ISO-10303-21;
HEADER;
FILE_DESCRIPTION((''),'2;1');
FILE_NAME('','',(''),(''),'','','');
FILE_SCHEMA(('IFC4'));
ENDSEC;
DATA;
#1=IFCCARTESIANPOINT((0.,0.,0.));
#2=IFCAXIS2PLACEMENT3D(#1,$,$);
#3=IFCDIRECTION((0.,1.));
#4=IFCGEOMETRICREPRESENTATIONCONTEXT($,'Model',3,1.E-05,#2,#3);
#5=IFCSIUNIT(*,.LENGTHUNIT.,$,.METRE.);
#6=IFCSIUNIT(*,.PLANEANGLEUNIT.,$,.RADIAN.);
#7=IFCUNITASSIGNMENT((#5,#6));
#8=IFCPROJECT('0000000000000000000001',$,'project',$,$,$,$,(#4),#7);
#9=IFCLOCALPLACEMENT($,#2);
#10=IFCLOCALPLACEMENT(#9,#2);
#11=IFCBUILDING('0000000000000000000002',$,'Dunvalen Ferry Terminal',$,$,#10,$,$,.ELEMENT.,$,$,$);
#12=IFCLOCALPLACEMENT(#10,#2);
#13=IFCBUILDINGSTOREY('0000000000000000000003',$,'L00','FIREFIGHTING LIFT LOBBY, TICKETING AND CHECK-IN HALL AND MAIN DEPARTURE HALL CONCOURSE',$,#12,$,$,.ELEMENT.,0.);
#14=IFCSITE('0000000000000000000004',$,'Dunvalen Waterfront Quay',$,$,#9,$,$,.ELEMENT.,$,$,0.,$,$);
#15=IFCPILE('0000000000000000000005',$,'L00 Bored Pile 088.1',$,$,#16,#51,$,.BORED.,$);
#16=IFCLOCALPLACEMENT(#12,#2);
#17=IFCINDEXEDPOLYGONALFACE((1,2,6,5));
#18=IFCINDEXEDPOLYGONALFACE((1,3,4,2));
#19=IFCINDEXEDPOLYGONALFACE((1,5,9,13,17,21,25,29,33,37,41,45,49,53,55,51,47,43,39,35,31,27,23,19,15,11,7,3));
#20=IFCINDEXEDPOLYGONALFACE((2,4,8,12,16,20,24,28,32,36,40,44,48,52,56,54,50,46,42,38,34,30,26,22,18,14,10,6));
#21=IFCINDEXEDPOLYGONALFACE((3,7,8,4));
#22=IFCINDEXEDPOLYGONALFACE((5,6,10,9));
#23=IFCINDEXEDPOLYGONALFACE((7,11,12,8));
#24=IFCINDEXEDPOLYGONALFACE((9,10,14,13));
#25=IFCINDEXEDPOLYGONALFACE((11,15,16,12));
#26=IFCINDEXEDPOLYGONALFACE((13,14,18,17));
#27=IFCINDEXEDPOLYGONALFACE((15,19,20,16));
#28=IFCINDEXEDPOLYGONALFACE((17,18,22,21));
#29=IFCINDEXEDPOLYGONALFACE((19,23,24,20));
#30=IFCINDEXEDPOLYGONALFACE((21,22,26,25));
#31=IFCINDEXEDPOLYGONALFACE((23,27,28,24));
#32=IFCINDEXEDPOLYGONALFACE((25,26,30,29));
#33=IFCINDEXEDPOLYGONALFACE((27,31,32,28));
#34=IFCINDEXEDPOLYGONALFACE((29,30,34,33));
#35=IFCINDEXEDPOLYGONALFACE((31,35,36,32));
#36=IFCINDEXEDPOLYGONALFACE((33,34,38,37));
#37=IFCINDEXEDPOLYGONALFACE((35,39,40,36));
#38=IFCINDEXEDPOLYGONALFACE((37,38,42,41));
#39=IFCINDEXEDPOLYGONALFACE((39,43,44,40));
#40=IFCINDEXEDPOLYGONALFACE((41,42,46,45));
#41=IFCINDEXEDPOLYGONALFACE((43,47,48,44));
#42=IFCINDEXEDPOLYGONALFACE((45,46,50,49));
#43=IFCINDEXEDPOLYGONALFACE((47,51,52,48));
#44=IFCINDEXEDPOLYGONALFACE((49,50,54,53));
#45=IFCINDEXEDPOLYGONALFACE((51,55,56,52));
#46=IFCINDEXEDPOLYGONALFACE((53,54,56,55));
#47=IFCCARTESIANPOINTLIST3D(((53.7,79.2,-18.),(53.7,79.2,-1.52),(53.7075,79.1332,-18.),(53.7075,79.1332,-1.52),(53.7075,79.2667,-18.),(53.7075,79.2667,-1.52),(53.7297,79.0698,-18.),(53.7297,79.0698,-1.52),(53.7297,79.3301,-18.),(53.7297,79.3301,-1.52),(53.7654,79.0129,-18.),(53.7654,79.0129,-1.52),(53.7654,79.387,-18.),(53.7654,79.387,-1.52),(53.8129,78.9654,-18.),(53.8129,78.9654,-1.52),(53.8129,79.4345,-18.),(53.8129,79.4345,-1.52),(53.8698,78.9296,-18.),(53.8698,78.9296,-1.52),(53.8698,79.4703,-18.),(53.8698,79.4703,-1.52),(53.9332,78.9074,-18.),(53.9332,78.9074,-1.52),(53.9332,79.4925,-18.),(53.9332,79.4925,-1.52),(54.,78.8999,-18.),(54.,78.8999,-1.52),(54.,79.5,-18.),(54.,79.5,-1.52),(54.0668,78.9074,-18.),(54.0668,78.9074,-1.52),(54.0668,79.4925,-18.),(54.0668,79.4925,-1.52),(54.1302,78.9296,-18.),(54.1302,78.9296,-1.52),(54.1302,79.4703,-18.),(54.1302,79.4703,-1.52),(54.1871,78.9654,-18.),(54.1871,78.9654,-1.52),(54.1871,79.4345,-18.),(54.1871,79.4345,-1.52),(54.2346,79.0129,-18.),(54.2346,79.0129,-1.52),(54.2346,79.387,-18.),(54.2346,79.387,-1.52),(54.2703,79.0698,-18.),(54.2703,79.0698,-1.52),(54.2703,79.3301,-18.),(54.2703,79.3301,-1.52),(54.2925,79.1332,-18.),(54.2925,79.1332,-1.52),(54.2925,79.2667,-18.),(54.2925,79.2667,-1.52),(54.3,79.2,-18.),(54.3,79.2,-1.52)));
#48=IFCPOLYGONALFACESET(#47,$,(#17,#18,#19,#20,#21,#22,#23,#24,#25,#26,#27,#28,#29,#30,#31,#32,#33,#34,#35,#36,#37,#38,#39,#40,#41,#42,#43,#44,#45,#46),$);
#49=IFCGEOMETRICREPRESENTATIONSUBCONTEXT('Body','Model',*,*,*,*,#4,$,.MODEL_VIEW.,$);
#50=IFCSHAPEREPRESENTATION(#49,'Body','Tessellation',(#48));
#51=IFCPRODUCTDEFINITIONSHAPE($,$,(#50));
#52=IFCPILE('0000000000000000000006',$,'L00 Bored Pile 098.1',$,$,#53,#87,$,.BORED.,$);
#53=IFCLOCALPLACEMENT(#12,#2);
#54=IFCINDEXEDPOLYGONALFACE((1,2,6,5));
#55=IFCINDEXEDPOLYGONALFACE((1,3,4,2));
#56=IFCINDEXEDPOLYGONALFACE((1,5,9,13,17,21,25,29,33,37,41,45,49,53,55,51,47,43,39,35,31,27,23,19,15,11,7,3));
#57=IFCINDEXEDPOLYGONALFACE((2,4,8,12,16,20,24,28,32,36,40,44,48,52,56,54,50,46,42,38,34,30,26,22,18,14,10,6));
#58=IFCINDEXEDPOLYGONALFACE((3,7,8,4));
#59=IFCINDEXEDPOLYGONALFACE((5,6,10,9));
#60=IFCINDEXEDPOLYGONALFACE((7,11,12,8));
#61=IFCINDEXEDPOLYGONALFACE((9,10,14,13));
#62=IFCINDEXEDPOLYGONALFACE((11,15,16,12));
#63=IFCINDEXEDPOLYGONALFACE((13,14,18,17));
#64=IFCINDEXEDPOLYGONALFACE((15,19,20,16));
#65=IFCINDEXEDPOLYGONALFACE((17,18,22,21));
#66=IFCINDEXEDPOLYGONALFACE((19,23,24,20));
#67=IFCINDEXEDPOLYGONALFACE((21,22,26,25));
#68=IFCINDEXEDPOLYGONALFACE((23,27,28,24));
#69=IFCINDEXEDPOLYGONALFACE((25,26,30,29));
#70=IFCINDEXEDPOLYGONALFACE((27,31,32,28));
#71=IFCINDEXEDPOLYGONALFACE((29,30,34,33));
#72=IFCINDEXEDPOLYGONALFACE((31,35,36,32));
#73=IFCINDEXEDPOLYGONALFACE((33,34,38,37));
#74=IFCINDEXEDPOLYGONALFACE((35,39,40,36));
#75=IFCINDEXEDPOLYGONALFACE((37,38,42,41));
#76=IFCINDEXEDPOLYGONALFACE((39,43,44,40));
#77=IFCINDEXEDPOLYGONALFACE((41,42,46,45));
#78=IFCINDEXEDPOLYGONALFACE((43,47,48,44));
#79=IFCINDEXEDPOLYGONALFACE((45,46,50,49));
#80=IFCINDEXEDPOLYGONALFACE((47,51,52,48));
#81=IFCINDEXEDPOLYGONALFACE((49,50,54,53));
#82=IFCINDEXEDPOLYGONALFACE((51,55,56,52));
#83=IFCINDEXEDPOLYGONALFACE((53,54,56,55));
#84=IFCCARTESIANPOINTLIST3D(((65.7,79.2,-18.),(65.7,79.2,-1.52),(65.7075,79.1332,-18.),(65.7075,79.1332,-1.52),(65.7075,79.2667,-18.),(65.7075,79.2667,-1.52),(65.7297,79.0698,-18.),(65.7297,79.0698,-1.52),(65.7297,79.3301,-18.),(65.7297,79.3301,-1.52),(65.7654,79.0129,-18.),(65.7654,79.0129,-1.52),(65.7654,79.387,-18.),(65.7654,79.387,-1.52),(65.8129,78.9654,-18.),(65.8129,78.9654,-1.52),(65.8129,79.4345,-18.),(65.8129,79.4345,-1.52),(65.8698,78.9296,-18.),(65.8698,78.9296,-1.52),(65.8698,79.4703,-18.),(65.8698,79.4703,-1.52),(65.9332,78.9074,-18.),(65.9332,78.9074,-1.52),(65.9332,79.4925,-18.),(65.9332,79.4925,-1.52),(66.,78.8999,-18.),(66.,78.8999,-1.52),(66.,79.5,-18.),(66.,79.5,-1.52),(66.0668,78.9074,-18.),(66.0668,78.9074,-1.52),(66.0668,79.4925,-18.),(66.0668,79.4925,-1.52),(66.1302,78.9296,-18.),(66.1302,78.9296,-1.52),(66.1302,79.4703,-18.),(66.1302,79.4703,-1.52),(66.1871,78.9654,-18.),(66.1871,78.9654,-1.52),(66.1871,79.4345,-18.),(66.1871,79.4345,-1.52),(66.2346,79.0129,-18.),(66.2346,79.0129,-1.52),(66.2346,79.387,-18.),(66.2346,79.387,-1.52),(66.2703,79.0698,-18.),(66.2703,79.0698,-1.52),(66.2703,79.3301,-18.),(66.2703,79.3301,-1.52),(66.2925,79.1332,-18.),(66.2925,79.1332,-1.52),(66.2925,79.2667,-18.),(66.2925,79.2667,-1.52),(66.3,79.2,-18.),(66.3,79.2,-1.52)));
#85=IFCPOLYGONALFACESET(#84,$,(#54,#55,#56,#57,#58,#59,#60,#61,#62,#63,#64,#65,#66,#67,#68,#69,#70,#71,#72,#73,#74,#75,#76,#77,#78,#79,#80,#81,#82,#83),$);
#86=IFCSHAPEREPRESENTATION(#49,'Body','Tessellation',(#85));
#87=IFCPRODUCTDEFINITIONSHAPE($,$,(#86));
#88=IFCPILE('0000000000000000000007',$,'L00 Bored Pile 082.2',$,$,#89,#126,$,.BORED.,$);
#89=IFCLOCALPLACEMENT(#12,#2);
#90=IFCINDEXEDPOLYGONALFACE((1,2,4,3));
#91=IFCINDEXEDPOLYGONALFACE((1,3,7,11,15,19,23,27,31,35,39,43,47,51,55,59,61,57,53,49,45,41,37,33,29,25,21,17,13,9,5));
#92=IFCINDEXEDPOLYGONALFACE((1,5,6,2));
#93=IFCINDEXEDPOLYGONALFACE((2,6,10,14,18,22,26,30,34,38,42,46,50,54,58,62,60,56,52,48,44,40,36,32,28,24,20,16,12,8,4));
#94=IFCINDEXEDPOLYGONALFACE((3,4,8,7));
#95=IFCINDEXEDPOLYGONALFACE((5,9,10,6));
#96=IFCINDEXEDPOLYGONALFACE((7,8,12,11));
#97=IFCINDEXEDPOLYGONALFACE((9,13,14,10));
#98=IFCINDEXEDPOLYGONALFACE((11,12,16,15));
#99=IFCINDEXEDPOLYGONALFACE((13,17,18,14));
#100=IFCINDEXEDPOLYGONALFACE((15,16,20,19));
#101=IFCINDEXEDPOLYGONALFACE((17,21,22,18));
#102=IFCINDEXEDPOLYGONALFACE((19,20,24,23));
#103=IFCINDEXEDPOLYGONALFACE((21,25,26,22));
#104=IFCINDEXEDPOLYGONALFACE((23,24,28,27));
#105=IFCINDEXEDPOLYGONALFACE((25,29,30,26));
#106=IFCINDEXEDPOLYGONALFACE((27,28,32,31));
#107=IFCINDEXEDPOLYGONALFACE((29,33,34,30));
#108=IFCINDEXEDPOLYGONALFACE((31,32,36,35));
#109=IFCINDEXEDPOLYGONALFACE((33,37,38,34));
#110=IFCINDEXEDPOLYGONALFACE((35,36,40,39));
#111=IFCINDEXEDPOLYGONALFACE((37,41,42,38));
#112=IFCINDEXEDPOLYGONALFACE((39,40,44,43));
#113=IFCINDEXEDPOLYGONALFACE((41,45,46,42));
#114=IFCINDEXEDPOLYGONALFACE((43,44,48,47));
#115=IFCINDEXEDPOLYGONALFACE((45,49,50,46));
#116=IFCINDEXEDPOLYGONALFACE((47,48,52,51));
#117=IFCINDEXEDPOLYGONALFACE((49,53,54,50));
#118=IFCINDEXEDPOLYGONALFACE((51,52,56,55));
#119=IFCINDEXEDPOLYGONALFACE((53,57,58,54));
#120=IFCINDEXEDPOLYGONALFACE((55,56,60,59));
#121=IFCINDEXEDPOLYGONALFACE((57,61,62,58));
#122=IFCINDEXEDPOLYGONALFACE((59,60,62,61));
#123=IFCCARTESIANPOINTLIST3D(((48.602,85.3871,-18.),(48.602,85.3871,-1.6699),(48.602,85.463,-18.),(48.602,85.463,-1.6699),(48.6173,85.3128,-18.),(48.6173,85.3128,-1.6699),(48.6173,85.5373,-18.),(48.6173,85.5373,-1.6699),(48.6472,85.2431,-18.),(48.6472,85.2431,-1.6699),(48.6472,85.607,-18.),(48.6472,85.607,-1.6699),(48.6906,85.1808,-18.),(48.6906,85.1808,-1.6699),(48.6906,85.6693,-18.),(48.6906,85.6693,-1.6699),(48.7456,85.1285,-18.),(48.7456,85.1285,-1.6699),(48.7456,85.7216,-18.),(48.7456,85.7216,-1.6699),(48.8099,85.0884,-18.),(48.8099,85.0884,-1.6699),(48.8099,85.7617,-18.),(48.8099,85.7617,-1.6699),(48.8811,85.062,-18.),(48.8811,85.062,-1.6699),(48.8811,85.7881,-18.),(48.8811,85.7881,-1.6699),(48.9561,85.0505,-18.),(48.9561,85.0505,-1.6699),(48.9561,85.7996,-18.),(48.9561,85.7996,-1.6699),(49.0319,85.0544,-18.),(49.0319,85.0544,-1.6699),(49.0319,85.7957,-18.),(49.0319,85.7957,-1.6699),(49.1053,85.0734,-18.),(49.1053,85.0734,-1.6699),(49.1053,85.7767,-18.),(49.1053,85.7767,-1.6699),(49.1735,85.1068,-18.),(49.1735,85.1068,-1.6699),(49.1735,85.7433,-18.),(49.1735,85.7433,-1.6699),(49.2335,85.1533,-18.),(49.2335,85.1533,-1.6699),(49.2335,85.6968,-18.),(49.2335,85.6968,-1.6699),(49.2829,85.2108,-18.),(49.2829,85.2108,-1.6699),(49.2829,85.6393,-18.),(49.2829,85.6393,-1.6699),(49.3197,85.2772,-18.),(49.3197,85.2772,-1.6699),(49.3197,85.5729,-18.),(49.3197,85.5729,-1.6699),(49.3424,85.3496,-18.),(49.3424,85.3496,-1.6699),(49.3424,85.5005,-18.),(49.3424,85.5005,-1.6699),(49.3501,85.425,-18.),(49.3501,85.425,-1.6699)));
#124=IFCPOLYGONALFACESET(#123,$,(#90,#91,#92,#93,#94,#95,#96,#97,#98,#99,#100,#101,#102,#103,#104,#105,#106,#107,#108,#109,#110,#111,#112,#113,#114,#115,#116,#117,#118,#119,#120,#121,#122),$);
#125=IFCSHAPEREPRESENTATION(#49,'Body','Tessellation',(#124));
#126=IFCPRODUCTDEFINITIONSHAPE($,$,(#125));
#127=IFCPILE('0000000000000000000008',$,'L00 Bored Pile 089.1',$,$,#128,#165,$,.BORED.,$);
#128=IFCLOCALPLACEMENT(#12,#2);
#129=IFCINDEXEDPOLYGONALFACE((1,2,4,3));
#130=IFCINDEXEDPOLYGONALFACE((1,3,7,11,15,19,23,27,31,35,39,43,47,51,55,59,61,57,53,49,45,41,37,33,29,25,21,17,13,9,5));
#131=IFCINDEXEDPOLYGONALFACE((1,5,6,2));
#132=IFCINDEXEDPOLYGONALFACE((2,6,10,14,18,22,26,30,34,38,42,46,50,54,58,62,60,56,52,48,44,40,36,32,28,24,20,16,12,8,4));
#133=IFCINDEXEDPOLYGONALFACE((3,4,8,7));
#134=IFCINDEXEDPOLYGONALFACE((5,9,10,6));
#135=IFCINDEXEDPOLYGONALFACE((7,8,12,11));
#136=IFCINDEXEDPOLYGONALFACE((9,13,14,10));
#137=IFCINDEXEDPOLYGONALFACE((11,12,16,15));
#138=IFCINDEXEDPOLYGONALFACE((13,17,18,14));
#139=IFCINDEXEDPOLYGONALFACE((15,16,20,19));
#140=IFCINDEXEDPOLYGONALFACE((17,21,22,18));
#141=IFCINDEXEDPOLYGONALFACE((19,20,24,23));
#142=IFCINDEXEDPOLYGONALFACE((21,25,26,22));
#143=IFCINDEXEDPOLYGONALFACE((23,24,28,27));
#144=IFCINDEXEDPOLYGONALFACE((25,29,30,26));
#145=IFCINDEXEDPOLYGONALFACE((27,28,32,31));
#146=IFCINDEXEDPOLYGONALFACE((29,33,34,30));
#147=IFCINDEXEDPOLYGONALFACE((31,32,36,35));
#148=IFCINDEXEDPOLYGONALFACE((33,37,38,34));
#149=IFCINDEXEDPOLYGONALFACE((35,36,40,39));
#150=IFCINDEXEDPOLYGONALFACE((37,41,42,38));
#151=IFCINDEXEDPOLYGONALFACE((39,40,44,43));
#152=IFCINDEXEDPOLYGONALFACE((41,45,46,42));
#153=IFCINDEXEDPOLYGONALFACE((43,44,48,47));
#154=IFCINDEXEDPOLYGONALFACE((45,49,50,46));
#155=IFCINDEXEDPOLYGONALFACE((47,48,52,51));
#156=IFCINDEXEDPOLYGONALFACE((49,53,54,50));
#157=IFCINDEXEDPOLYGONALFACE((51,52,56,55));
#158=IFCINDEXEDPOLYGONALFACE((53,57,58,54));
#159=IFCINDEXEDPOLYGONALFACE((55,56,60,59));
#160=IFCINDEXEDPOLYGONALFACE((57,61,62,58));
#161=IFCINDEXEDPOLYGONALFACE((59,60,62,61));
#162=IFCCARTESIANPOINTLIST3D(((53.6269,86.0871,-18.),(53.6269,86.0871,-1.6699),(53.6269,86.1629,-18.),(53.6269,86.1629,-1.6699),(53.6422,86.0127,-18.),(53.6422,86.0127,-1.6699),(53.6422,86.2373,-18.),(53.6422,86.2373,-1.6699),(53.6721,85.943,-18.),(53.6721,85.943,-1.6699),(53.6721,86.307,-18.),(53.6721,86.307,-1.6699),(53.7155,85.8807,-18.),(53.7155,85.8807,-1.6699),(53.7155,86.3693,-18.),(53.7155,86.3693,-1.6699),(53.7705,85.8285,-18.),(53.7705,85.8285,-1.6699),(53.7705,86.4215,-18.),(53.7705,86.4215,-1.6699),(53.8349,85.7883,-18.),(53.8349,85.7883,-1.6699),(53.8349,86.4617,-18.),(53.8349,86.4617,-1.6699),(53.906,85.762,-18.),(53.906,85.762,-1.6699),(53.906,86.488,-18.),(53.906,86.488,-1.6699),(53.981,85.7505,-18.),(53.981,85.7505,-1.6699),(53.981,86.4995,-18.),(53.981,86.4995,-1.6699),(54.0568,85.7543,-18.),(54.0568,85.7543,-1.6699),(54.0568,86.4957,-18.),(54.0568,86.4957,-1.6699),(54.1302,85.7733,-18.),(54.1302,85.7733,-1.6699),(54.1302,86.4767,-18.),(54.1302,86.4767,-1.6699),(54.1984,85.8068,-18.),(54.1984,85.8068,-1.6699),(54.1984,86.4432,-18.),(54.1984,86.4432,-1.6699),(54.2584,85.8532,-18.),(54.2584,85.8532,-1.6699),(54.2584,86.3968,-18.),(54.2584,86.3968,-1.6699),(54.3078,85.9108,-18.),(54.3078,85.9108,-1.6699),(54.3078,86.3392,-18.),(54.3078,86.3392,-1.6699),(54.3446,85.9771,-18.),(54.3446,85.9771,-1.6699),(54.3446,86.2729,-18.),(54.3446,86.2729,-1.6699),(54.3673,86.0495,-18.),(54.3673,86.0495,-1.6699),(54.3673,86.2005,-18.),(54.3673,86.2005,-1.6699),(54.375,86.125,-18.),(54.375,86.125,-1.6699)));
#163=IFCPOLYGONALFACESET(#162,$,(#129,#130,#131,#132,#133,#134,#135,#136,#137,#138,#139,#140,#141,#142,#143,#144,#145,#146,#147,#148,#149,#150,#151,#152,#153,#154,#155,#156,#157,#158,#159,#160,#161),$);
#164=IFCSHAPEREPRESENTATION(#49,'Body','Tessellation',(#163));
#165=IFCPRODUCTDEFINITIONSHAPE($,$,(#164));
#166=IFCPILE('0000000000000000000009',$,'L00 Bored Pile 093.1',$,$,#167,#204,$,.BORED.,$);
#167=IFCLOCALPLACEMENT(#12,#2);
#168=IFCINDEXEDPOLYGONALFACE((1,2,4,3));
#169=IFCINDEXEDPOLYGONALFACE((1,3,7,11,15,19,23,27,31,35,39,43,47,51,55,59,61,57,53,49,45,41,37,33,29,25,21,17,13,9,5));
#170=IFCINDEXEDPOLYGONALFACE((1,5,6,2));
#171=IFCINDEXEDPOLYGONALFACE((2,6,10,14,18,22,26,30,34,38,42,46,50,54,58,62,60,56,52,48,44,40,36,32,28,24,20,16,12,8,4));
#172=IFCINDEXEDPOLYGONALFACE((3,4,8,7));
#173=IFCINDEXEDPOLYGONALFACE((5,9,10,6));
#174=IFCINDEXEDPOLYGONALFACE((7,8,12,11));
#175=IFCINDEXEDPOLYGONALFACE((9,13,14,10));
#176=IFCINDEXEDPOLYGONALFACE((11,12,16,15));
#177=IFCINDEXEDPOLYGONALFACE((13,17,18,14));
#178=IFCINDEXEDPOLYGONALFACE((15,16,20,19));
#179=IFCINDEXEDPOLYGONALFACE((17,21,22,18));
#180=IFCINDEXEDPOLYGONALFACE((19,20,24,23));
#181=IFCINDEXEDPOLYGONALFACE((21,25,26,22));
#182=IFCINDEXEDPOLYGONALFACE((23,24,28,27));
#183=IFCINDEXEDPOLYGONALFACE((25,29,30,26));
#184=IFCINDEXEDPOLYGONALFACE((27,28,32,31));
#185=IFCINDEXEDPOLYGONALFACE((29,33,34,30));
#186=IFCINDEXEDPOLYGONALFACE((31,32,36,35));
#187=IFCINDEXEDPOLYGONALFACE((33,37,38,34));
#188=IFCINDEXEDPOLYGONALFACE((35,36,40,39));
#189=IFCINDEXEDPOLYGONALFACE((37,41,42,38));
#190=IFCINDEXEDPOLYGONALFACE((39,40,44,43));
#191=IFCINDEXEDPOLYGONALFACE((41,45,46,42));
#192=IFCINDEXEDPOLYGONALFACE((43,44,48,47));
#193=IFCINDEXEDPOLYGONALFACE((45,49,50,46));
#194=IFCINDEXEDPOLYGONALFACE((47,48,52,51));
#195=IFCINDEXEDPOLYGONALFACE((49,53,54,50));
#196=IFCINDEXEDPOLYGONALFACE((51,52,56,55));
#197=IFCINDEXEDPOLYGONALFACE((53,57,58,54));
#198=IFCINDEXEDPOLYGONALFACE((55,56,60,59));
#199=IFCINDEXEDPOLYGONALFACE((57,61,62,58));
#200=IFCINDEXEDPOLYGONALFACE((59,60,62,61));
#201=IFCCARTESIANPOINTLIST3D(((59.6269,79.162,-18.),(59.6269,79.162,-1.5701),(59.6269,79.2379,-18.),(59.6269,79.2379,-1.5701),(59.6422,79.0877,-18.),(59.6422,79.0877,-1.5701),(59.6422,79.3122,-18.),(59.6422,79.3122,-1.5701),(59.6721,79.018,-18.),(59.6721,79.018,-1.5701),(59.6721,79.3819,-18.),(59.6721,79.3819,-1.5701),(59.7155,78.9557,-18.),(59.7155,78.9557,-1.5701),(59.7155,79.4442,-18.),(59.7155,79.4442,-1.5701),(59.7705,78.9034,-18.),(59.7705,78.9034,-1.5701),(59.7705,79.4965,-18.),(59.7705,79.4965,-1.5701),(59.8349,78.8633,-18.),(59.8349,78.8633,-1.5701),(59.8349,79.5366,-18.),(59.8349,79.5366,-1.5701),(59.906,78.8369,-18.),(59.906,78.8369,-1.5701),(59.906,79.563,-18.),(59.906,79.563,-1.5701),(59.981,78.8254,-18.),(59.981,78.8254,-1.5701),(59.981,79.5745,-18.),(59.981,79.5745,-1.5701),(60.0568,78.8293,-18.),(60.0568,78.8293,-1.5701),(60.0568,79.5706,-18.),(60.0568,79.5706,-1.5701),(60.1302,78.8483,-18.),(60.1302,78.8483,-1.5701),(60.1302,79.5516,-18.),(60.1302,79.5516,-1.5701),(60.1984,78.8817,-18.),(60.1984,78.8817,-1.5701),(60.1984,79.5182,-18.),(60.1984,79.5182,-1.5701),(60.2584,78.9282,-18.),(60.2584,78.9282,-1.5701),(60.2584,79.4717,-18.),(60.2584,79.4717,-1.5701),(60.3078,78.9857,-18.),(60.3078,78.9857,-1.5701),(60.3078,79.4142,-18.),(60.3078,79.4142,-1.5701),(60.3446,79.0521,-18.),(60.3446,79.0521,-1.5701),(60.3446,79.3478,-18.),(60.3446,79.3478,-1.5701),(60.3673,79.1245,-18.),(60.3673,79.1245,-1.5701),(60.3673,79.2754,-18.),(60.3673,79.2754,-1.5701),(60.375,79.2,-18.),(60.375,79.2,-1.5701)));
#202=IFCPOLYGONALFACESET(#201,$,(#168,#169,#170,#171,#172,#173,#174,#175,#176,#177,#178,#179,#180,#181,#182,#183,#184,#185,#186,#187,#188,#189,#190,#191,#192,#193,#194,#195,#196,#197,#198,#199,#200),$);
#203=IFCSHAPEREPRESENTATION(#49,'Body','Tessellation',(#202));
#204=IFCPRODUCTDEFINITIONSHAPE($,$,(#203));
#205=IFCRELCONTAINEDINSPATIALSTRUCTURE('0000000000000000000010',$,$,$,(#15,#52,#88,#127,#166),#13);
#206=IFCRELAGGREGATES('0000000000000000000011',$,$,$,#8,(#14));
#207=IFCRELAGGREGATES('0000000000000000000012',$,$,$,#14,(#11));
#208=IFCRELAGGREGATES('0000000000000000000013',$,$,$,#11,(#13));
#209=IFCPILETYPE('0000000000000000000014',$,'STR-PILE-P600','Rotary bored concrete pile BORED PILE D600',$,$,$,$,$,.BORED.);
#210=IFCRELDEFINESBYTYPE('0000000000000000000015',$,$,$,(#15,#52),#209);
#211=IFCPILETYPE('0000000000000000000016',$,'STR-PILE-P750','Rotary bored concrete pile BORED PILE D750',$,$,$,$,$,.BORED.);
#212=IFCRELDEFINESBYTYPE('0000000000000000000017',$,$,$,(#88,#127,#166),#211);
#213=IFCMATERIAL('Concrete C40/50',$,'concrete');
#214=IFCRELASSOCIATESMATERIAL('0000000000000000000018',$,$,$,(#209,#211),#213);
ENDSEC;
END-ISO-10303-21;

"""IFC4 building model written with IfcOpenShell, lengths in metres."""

from ifc_helpers import new_model, si_unit, direction, frame, origin, origin_2d, place, context, subcontext, project, spatial, circle, extrude, material, material_profile, profile_set, type_object, element, save


model = new_model("IFC4")

# Units and contexts
model_context = context("Model", 3, precision=1e-05, world=origin(), true_north=direction((0.0, 1.0)))
body_context = subcontext(model_context, "Body", "Model", "MODEL_VIEW")
ifc_project = project(units=[si_unit("LENGTHUNIT", "METRE"), si_unit("PLANEANGLEUNIT", "RADIAN")], contexts=[model_context])

# Site, building, storey
site_placement = place(None, origin())
site = spatial("IfcSite", under=ifc_project, at=site_placement, Name="Dunvalen Waterfront Quay", CompositionType="ELEMENT", RefElevation=0.0)
building_placement = place(site_placement, origin())
building = spatial("IfcBuilding", under=site, at=building_placement, Name="Dunvalen Ferry Terminal", CompositionType="ELEMENT")
storey_placement = place(building_placement, origin())
storey = spatial("IfcBuildingStorey", under=building, at=storey_placement, Name="L00", Description="FIREFIGHTING LIFT LOBBY, TICKETING AND CHECK-IN HALL AND MAIN DEPARTURE HALL CONCOURSE", CompositionType="ELEMENT", Elevation=0.0)

# Shared definitions
ifc_material_1 = material(Name="Concrete C40/50", Category="concrete")

# Piles
ifc_material_profile_1 = material_profile(ifc_material_1, circle(Radius=0.3, at=origin_2d()), Name="Concrete C40/50")
ifc_profile_set_1 = profile_set([ifc_material_profile_1], Name="Concrete C40/50")
pile_type_1 = type_object("IfcPileType", Name="STR-PILE-P600", Description="Rotary bored concrete pile BORED PILE D600", PredefinedType="BORED", material=ifc_profile_set_1)
for number, where, z_axis, x_axis, name in (
    (1, (54.0, 79.2, -1.52), (0.0, 0.0, -1.0), (1.0, 0.0, 0.0), "L00 Bored Pile 088.1"),
    (2, (66.0, 79.2, -1.52), (0.0, 0.0, -1.0), (1.0, 0.0, 0.0), "L00 Bored Pile 098.1"),
):
    element("IfcPile", number, at=place(storey_placement, frame(where, z_axis=z_axis, x_axis=x_axis)), inside=storey, type_object=pile_type_1, Name=name, PredefinedType="BORED", context=body_context, shape_type="SweptSolid", body=[
        extrude(circle(Radius=0.3, at=origin_2d()), origin(), (0.0, 0.0, 1.0), 16.48),
    ])
ifc_material_profile_2 = material_profile(ifc_material_1, circle(Radius=0.375, at=origin_2d()), Name="Concrete C40/50")
ifc_profile_set_2 = profile_set([ifc_material_profile_2], Name="Concrete C40/50")
pile_type_2 = type_object("IfcPileType", Name="STR-PILE-P750", Description="Rotary bored concrete pile BORED PILE D750", PredefinedType="BORED", material=ifc_profile_set_2)
for number, where, z_axis, x_axis, name in (
    (3, (48.9751, 85.425, -1.6699), (0.0, 0.0, -1.0), (1.0, 0.0, 0.0), "L00 Bored Pile 082.2"),
    (4, (54.0, 86.125, -1.6699), (0.0, 0.0, -1.0), (1.0, 0.0, 0.0), "L00 Bored Pile 089.1"),
):
    element("IfcPile", number, at=place(storey_placement, frame(where, z_axis=z_axis, x_axis=x_axis)), inside=storey, type_object=pile_type_2, Name=name, PredefinedType="BORED", context=body_context, shape_type="SweptSolid", body=[
        extrude(circle(Radius=0.375, at=origin_2d()), origin(), (0.0, 0.0, 1.0), 16.3301),
    ])
for number, where, z_axis, x_axis, name in (
    (5, (60.0, 79.2, -1.5701), (0.0, 0.0, -1.0), (1.0, 0.0, 0.0), "L00 Bored Pile 093.1"),
):
    element("IfcPile", number, at=place(storey_placement, frame(where, z_axis=z_axis, x_axis=x_axis)), inside=storey, type_object=pile_type_2, Name=name, PredefinedType="BORED", context=body_context, shape_type="SweptSolid", body=[
        extrude(circle(Radius=0.375, at=origin_2d()), origin(), (0.0, 0.0, 1.0), 16.4299),
    ])

save(model, "model.ifc")
